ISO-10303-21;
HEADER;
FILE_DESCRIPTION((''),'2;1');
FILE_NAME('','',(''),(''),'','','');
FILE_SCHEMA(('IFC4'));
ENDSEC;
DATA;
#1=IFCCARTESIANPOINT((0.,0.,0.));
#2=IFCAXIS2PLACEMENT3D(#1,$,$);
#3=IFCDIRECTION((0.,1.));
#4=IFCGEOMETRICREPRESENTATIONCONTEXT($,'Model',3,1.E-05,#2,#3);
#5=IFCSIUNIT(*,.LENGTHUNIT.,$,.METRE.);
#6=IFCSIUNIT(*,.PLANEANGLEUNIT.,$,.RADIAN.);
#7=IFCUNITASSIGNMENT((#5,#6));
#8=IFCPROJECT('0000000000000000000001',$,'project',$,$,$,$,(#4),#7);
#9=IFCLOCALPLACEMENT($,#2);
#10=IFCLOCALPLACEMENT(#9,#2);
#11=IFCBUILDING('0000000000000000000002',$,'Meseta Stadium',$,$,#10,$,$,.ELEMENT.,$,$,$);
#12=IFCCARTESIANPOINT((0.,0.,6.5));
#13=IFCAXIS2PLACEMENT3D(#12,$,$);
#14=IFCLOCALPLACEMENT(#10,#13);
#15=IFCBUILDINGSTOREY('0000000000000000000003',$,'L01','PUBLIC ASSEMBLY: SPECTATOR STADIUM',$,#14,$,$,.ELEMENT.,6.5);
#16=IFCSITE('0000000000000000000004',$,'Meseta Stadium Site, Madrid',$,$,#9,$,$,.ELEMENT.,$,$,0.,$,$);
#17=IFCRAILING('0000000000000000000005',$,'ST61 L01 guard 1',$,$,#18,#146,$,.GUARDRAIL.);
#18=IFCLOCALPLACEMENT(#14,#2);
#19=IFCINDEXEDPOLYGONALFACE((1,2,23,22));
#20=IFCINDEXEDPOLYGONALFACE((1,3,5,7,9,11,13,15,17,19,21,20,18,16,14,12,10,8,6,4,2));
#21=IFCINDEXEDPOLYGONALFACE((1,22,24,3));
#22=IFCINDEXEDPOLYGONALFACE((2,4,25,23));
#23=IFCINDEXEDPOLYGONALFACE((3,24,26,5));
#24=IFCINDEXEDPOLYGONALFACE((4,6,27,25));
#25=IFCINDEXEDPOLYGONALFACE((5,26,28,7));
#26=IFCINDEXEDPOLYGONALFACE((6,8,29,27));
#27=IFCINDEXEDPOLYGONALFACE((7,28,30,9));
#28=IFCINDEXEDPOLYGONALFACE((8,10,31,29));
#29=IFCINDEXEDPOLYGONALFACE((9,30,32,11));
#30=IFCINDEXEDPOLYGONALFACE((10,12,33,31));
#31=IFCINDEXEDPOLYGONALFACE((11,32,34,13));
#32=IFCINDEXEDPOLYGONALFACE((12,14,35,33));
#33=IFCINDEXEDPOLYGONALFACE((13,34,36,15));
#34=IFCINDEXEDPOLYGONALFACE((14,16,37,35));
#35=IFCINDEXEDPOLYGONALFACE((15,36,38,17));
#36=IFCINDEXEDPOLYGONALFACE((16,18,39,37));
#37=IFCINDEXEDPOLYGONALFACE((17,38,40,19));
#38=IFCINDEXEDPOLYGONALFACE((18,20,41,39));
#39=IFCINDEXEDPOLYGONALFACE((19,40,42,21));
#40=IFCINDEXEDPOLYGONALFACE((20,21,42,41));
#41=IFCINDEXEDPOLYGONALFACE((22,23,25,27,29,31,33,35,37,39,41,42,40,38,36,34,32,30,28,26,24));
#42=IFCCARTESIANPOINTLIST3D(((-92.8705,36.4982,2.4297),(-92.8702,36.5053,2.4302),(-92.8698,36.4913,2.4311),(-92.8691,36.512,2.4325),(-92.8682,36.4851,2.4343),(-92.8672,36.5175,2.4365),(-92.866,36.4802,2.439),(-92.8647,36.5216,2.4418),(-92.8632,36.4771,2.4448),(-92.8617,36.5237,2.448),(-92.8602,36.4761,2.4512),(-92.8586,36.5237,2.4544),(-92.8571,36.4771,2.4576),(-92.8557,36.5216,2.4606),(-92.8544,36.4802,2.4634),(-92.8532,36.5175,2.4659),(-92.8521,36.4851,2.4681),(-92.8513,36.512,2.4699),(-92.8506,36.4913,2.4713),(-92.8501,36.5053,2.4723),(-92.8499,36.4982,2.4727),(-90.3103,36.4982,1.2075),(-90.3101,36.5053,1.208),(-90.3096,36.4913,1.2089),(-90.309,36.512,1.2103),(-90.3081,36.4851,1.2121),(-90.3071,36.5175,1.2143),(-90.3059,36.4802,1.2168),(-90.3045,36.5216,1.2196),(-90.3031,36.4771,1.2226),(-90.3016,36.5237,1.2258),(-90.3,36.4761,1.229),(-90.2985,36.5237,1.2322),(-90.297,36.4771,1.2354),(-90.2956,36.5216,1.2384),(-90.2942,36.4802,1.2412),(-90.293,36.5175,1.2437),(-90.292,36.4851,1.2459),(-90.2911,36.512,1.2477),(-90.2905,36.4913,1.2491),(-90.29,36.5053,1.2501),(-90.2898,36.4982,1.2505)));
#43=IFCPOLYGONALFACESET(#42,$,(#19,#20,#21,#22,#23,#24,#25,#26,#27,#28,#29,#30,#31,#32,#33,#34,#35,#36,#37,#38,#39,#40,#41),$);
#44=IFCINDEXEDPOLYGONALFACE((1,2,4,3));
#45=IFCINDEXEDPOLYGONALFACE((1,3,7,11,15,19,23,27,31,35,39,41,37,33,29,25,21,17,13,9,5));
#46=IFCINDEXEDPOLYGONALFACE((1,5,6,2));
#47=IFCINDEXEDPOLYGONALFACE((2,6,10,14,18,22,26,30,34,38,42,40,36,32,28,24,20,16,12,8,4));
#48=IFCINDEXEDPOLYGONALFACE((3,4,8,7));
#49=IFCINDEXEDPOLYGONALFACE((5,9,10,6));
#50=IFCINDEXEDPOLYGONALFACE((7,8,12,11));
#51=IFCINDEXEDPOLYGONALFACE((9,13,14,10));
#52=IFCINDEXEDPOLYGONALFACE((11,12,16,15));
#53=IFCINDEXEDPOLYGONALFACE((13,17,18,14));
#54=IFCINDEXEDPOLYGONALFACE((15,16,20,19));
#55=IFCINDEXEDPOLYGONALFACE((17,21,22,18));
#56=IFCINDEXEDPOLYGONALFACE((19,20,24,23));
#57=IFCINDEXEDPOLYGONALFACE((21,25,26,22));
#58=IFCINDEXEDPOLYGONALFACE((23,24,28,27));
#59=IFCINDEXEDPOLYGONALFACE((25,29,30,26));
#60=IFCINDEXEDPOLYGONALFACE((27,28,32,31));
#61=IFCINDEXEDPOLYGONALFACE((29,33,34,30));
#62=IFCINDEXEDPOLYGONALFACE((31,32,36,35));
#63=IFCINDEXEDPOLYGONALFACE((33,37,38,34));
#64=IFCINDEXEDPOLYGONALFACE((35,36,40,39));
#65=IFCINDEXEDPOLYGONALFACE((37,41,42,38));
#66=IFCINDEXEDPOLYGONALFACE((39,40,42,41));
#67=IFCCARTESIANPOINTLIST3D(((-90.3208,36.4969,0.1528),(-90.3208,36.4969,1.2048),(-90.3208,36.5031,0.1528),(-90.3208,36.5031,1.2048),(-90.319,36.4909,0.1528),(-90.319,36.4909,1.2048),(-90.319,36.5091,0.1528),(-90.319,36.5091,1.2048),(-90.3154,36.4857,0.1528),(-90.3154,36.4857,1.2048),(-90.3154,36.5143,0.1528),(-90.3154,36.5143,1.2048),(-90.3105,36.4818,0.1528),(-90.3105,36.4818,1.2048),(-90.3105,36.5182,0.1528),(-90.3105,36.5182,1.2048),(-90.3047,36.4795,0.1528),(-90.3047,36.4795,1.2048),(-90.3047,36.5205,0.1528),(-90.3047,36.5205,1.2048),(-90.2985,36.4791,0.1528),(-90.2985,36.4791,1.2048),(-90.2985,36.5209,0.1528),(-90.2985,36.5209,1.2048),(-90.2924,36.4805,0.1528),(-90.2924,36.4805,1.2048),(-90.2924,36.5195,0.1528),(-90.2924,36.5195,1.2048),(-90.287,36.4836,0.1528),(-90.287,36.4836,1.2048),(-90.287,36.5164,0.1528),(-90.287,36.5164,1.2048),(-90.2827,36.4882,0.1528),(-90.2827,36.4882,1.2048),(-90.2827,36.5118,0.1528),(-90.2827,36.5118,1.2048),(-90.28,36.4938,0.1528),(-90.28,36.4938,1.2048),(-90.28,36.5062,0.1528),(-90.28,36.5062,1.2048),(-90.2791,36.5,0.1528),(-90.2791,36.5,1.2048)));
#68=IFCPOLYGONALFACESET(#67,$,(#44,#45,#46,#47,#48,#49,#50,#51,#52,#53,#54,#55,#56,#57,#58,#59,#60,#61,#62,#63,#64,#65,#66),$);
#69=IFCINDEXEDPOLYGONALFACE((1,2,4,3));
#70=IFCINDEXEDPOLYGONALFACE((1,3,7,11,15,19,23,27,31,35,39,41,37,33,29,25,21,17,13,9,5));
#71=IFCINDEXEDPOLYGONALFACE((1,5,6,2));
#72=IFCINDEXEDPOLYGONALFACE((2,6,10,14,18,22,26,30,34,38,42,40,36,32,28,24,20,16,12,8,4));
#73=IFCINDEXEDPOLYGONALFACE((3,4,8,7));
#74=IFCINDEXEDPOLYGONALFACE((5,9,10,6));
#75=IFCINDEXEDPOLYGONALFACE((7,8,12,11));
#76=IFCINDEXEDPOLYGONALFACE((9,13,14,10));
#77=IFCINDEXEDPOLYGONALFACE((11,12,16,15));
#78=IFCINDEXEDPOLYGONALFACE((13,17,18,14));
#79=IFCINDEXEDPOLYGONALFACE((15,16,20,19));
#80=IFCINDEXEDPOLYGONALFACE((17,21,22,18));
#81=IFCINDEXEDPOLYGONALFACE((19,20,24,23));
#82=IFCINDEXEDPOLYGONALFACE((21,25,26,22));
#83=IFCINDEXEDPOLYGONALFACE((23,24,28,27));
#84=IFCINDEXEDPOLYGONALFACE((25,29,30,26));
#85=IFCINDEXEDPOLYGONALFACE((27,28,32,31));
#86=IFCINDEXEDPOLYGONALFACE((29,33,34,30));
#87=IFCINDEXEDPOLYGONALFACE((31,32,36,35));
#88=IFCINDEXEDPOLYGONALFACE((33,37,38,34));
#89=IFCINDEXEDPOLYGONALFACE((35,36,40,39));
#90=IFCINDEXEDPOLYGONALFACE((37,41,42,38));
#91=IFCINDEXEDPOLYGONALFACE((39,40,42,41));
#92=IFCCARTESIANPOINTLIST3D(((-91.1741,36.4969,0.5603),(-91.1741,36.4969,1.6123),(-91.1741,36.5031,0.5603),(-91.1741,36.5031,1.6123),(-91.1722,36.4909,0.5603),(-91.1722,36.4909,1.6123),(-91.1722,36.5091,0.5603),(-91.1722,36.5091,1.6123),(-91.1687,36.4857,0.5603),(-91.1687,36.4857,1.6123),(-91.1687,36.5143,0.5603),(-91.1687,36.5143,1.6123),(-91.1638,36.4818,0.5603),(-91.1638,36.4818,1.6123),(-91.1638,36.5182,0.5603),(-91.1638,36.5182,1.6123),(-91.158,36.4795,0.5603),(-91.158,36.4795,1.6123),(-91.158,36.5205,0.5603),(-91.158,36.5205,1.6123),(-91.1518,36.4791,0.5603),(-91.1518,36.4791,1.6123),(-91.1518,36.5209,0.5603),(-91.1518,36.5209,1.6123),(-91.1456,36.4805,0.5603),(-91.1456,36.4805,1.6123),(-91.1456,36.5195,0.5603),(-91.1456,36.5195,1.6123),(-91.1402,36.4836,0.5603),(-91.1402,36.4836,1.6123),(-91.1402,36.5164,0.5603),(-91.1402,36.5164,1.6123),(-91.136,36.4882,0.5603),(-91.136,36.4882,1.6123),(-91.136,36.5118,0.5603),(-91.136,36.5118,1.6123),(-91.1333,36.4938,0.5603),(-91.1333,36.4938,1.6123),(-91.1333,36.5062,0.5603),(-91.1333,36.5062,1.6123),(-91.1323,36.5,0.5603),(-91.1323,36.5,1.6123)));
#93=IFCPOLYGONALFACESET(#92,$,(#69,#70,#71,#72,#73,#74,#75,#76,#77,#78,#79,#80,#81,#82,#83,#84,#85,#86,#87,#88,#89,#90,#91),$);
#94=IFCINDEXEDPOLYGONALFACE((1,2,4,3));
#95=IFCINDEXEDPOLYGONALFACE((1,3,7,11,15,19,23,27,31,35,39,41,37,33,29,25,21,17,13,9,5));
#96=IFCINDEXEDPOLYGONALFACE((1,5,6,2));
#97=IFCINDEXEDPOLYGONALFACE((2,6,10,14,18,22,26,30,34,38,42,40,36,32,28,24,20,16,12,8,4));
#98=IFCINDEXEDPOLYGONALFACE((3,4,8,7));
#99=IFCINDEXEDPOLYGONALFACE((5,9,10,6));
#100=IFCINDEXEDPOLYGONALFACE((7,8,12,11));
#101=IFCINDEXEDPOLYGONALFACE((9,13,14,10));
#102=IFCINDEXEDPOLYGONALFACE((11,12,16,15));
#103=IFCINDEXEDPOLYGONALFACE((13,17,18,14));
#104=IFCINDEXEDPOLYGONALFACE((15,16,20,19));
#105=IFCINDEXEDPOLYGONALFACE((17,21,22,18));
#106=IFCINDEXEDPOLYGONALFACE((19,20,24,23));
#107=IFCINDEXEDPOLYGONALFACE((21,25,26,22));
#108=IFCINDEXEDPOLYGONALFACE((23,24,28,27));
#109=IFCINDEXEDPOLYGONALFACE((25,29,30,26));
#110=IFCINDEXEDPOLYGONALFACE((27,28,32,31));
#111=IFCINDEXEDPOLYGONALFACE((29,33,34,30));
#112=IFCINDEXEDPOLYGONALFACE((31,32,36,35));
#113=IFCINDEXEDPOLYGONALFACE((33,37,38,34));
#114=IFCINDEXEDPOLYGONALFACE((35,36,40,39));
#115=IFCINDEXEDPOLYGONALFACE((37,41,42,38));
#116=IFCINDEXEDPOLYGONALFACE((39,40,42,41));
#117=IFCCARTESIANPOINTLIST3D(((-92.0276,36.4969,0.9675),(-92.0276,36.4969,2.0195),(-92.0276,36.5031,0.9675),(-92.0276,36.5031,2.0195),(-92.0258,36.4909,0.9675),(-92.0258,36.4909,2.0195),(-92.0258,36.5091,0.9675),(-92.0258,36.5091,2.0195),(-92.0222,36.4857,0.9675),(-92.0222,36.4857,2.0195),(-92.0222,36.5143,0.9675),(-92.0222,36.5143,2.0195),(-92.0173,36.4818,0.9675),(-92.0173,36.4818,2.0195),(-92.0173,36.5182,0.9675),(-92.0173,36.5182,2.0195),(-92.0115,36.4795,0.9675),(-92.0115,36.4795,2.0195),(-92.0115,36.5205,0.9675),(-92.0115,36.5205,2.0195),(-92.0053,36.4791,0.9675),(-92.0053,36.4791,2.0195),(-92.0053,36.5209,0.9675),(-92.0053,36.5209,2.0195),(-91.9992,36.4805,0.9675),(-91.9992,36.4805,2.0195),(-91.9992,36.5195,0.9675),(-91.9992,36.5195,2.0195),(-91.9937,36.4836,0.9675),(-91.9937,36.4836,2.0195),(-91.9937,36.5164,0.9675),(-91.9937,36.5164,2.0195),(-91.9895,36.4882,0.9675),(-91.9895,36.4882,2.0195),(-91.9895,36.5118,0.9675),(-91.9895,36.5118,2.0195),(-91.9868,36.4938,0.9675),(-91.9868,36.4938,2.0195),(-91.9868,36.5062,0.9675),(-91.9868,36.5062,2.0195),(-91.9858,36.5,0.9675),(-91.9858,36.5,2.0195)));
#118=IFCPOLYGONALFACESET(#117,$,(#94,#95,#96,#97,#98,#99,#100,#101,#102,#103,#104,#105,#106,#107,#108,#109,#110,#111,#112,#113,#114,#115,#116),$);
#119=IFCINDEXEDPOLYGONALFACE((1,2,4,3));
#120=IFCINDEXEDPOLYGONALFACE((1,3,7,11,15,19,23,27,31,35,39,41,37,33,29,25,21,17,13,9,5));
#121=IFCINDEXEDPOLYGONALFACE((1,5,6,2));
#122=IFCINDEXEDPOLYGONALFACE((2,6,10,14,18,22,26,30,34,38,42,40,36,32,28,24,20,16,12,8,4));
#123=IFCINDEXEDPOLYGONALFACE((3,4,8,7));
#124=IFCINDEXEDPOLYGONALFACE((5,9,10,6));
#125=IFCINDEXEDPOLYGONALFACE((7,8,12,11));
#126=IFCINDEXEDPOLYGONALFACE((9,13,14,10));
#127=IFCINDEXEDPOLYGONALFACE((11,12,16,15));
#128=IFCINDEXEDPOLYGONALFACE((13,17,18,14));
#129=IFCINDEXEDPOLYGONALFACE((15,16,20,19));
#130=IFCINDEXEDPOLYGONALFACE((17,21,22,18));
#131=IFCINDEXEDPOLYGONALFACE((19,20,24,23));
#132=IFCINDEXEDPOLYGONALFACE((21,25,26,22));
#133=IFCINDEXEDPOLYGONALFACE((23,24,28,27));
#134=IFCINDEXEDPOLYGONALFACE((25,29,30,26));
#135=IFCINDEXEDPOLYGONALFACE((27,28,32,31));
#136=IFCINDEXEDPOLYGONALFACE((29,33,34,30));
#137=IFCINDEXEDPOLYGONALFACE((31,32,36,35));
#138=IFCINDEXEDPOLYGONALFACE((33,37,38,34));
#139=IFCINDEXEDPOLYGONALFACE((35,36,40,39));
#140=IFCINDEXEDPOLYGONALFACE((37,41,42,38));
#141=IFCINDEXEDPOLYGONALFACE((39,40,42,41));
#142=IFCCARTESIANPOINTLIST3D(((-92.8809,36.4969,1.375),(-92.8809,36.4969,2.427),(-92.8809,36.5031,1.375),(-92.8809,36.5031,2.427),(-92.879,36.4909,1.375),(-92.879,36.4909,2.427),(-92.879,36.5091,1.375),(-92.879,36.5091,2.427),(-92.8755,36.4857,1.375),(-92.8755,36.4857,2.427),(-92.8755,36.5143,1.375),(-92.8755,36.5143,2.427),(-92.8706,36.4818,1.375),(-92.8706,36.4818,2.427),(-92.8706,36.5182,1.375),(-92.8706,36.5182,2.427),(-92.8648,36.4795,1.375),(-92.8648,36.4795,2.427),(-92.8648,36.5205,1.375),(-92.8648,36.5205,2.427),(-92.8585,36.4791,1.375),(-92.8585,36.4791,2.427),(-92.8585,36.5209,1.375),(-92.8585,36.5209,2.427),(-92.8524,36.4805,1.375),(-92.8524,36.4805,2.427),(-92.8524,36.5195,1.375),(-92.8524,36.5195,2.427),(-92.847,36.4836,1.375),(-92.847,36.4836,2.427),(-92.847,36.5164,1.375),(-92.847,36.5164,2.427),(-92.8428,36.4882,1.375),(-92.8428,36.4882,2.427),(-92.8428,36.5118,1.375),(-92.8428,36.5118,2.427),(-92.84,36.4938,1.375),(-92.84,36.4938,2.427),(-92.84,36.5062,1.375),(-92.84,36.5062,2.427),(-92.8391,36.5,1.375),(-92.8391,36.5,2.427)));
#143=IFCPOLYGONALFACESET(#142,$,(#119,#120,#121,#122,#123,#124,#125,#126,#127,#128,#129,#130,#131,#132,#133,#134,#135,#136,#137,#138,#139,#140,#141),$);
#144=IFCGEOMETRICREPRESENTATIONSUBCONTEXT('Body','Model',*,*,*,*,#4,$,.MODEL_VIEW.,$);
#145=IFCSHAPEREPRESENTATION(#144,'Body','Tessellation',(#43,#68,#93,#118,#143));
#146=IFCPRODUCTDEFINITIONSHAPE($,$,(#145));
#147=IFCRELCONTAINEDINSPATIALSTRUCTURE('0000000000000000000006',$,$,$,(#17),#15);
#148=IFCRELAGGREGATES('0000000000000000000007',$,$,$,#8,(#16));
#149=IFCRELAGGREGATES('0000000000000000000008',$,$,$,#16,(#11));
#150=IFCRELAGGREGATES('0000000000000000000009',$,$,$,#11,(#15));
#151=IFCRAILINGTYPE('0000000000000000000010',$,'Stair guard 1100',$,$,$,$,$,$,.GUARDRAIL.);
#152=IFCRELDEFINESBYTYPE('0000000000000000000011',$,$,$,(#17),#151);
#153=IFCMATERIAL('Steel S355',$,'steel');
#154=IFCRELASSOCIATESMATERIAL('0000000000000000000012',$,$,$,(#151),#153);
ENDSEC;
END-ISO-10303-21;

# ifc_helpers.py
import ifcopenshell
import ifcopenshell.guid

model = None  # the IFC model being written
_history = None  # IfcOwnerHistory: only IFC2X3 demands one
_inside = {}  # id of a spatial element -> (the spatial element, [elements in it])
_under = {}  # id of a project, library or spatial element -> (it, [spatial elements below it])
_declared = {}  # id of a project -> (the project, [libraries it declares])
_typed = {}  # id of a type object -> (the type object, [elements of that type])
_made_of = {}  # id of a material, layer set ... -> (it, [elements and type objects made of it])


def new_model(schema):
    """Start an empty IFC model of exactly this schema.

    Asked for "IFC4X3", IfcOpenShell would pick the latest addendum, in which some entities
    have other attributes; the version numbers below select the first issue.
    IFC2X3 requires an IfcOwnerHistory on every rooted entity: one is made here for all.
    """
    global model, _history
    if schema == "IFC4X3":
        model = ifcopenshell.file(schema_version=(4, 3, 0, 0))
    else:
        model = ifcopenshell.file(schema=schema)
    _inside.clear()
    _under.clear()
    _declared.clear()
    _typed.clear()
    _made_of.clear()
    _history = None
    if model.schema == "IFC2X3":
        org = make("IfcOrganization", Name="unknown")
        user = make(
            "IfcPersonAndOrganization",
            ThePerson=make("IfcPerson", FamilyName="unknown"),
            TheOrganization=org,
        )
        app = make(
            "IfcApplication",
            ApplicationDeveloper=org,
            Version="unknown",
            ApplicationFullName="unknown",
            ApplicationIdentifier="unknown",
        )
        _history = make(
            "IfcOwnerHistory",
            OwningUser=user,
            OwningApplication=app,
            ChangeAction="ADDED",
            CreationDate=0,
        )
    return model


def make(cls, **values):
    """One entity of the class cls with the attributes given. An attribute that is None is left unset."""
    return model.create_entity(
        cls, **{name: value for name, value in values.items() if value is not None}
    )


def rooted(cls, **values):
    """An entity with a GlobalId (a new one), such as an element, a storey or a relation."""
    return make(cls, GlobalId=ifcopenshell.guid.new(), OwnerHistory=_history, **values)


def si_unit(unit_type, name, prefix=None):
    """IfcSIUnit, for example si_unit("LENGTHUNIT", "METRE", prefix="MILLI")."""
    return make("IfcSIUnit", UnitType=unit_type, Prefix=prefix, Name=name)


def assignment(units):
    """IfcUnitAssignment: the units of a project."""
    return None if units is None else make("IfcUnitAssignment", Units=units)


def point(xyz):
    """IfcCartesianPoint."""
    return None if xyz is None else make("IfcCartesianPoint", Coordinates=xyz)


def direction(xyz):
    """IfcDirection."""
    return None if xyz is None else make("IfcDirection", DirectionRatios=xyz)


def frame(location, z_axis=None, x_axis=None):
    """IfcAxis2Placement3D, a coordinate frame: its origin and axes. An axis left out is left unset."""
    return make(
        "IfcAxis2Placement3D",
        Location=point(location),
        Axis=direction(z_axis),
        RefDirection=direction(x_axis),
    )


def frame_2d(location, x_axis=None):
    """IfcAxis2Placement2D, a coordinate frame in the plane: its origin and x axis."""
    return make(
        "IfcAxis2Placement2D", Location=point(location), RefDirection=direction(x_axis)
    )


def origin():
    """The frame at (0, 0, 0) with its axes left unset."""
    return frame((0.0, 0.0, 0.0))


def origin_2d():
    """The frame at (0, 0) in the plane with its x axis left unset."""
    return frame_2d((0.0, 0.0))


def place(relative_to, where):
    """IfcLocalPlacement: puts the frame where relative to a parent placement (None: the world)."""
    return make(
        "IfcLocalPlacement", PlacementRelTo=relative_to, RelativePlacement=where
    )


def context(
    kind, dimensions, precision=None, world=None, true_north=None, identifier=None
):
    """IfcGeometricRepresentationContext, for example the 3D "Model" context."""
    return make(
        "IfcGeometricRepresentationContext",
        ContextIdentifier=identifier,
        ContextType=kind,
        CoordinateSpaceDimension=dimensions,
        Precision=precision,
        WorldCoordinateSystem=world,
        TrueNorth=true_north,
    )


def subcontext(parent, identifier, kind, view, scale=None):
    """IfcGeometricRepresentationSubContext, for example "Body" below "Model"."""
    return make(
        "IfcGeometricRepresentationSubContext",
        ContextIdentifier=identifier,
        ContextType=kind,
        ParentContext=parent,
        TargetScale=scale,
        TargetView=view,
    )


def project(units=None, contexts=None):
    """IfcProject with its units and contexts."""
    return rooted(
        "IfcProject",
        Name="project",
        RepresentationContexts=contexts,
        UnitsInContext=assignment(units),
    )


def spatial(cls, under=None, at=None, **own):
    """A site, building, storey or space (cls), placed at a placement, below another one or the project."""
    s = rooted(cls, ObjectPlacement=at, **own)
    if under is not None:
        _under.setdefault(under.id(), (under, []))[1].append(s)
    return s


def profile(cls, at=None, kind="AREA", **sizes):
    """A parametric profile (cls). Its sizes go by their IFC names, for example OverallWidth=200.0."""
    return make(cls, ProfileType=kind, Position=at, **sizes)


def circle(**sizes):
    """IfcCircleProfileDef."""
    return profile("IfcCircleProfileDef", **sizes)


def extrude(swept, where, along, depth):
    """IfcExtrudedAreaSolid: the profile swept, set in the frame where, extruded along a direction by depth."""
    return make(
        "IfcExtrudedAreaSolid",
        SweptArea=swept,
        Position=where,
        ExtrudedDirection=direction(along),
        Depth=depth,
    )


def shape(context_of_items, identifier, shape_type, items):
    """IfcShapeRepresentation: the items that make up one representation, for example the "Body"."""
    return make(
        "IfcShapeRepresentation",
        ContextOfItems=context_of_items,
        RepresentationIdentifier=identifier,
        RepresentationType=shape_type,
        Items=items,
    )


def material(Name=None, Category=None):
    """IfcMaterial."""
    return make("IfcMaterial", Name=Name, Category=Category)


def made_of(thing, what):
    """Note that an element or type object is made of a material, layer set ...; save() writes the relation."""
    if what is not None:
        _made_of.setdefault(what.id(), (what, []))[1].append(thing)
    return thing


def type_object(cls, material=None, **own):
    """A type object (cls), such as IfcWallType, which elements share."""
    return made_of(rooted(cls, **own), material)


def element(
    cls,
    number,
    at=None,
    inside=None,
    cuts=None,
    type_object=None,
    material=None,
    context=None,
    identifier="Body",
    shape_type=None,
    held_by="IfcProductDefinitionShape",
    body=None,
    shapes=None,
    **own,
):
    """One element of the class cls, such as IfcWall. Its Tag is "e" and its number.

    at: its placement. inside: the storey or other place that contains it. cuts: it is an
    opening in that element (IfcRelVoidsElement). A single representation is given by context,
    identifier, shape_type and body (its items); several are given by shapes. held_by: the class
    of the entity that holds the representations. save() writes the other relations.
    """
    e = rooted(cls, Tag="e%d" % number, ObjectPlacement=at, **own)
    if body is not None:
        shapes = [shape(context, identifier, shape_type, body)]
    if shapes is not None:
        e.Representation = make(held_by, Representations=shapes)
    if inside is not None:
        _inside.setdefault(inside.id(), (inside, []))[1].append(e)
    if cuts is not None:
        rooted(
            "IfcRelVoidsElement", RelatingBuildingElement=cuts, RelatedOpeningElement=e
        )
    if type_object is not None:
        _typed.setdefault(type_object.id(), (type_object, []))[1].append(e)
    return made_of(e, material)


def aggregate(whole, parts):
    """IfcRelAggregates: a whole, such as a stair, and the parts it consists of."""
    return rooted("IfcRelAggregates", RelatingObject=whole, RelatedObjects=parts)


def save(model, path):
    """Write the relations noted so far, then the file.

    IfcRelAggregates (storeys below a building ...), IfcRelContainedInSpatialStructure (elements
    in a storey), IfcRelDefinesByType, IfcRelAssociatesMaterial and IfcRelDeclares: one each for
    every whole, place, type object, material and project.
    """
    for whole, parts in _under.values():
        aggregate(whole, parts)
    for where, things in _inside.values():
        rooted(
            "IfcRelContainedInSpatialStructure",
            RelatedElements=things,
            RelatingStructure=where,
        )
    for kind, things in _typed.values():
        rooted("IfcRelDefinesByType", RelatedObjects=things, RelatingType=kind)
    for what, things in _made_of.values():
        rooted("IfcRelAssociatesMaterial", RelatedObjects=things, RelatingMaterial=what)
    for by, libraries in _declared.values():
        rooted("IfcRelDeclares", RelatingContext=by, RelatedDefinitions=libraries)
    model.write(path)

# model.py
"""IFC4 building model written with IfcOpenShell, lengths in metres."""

from ifc_helpers import new_model, si_unit, direction, frame, origin, origin_2d, place, context, subcontext, project, spatial, circle, extrude, material, type_object, element, save


model = new_model("IFC4")

# Units and contexts
model_context = context("Model", 3, precision=1e-05, world=origin(), true_north=direction((0.0, 1.0)))
body_context = subcontext(model_context, "Body", "Model", "MODEL_VIEW")
ifc_project = project(units=[si_unit("LENGTHUNIT", "METRE"), si_unit("PLANEANGLEUNIT", "RADIAN")], contexts=[model_context])

# Site, building, storey
site_placement = place(None, origin())
site = spatial("IfcSite", under=ifc_project, at=site_placement, Name="Meseta Stadium Site, Madrid", CompositionType="ELEMENT", RefElevation=0.0)
building_placement = place(site_placement, origin())
building = spatial("IfcBuilding", under=site, at=building_placement, Name="Meseta Stadium", CompositionType="ELEMENT")
storey_placement = place(building_placement, frame((0.0, 0.0, 6.5)))
storey = spatial("IfcBuildingStorey", under=building, at=storey_placement, Name="L01", Description="PUBLIC ASSEMBLY: SPECTATOR STADIUM", CompositionType="ELEMENT", Elevation=6.5)

# Railing
ifc_material_1 = material(Name="Steel S355", Category="steel")
railing_type_1 = type_object("IfcRailingType", Name="Stair guard 1100", PredefinedType="GUARDRAIL", material=ifc_material_1)
railing_1_placement = place(storey_placement, frame((-90.3, 36.5, 0.1528)))
element("IfcRailing", 1, at=railing_1_placement, inside=storey, type_object=railing_type_1, Name="ST61 L01 guard 1", PredefinedType="GUARDRAIL", context=body_context, shape_type="SweptSolid", body=[
    extrude(circle(Radius=0.0239, at=origin_2d()), frame((0.0, 0.0, 1.0762), z_axis=(-0.902437, 0.0, 0.430822), x_axis=(0.0, -1.0, 0.0)), (0.0, 0.0, 1.0), 2.8369),
    extrude(circle(Radius=0.021, at=origin_2d()), origin(), (0.0, 0.0, 1.0), 1.052),
    extrude(circle(Radius=0.021, at=origin_2d()), frame((-0.8533, 0.0, 0.4075)), (0.0, 0.0, 1.0), 1.052),
    extrude(circle(Radius=0.021, at=origin_2d()), frame((-1.7068, 0.0, 0.8147)), (0.0, 0.0, 1.0), 1.052),
    extrude(circle(Radius=0.021, at=origin_2d()), frame((-2.5601, 0.0, 1.2222)), (0.0, 0.0, 1.0), 1.052),
])

save(model, "model.ifc")
